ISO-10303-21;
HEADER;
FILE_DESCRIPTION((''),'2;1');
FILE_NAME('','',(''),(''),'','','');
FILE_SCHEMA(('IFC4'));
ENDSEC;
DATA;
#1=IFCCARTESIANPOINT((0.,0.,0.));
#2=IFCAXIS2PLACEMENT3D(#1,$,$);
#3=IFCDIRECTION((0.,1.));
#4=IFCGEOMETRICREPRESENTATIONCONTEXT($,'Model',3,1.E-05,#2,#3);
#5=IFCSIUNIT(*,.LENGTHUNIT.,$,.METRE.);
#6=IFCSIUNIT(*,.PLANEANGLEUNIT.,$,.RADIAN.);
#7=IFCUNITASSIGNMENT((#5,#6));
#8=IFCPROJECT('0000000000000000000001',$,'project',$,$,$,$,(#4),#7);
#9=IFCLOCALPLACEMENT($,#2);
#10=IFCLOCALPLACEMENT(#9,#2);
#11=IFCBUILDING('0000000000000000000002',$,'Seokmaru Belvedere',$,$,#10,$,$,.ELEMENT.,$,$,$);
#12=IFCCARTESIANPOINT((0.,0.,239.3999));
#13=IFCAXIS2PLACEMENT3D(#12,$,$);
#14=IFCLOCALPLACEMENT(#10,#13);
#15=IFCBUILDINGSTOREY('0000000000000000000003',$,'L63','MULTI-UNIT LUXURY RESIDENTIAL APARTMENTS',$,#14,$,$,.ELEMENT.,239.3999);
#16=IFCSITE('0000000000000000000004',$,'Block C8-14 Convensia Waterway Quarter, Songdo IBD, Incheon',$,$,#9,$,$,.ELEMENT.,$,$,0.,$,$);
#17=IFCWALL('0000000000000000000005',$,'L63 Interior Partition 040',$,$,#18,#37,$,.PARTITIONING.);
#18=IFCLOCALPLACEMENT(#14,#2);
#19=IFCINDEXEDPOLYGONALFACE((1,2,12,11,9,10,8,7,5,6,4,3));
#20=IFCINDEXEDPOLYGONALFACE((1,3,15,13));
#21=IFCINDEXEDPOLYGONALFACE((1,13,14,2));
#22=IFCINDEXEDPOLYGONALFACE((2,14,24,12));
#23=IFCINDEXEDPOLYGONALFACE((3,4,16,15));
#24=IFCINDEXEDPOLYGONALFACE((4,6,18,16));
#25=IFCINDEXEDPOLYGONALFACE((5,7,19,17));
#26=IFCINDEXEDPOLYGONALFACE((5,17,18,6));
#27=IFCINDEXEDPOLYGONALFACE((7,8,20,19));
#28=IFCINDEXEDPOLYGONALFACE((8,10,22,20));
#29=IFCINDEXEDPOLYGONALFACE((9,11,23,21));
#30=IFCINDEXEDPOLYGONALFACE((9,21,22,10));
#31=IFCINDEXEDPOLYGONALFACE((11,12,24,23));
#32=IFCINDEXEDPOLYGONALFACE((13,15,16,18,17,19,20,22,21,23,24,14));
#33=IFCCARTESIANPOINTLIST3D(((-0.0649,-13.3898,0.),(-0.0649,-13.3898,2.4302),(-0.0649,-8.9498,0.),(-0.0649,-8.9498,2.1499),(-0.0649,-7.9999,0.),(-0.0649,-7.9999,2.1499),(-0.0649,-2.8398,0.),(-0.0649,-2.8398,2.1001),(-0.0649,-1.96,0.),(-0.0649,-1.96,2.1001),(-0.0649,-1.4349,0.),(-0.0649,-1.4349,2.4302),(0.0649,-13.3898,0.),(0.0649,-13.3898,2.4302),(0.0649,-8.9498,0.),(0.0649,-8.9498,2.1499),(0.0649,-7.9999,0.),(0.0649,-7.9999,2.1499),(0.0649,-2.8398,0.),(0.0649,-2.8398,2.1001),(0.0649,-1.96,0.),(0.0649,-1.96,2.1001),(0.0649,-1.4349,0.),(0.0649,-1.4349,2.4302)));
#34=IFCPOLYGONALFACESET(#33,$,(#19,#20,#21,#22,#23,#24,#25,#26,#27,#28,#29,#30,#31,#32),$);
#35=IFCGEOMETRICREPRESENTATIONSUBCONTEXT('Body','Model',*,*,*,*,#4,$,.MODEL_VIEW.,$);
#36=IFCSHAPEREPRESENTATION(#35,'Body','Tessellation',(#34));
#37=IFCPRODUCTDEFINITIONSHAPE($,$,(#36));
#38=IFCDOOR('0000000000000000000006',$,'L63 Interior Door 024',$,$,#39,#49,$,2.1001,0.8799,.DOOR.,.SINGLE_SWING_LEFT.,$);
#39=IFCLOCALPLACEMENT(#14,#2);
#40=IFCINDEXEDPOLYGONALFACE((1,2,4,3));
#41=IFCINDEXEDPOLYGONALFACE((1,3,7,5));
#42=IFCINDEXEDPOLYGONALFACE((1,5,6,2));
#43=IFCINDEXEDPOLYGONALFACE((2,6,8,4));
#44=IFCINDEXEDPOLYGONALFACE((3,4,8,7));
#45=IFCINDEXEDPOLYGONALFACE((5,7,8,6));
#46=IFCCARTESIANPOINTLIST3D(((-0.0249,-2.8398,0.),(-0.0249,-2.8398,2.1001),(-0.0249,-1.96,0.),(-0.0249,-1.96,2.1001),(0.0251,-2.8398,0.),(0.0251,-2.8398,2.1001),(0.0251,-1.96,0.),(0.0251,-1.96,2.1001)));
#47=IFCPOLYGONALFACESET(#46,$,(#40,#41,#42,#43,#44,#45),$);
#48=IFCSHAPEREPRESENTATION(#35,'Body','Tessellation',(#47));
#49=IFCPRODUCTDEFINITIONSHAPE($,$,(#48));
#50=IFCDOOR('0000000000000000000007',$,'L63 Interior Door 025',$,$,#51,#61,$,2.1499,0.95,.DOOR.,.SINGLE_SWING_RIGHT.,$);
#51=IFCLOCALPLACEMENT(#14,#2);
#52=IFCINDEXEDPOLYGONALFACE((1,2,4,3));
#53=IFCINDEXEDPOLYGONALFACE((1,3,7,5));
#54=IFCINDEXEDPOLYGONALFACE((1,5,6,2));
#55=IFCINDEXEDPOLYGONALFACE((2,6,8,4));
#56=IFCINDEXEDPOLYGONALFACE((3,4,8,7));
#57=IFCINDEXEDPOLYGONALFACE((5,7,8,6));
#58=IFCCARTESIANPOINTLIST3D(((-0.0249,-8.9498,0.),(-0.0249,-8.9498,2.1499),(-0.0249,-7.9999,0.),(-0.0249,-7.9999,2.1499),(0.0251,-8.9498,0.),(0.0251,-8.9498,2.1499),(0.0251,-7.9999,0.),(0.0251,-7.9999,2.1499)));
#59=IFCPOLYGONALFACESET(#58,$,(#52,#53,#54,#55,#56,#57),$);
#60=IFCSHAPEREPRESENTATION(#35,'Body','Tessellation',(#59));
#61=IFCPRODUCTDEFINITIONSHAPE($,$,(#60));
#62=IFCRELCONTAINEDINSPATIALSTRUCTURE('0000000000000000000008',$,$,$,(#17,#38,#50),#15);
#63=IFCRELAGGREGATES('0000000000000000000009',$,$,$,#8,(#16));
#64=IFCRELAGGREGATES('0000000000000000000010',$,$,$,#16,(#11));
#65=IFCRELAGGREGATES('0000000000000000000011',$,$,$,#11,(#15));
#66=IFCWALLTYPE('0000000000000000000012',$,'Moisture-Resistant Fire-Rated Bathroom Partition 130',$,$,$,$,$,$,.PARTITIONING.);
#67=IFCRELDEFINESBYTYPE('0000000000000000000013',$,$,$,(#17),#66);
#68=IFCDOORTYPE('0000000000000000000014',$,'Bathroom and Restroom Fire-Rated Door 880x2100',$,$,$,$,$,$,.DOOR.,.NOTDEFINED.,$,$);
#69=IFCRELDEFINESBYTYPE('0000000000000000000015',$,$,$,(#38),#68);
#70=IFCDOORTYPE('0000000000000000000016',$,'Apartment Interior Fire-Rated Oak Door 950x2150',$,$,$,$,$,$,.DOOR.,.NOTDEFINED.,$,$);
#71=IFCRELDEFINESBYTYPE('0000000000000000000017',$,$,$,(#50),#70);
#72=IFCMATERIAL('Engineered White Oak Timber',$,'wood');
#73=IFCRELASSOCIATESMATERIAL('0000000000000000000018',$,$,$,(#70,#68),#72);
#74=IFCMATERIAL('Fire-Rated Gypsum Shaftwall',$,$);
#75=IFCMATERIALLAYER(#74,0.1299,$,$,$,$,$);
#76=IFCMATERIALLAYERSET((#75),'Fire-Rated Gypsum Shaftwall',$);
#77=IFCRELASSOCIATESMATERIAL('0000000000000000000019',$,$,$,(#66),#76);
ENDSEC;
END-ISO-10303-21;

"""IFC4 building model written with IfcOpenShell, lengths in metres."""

from ifc_helpers import new_model, si_unit, direction, frame, frame_2d, origin, place, context, subcontext, project, spatial, rectangle, extrude, source, transform, mapped, material, layer, layer_set, type_object, type_shapes, element, fill, save


model = new_model("IFC4")

# Units and contexts
model_context = context("Model", 3, precision=1e-05, world=origin(), true_north=direction((0.0, 1.0)))
body_context = subcontext(model_context, "Body", "Model", "MODEL_VIEW")
ifc_project = project(units=[si_unit("LENGTHUNIT", "METRE"), si_unit("PLANEANGLEUNIT", "RADIAN")], contexts=[model_context])

# Site, building, storey
site_placement = place(None, origin())
site = spatial("IfcSite", under=ifc_project, at=site_placement, Name="Block C8-14 Convensia Waterway Quarter, Songdo IBD, Incheon", CompositionType="ELEMENT", RefElevation=0.0)
building_placement = place(site_placement, origin())
building = spatial("IfcBuilding", under=site, at=building_placement, Name="Seokmaru Belvedere", CompositionType="ELEMENT")
storey_placement = place(building_placement, frame((0.0, 0.0, 239.3999)))
storey = spatial("IfcBuildingStorey", under=building, at=storey_placement, Name="L63", Description="MULTI-UNIT LUXURY RESIDENTIAL APARTMENTS", CompositionType="ELEMENT", Elevation=239.3999)

# Shared definitions
ifc_material_1 = material(Name="Fire-Rated Gypsum Shaftwall")
ifc_material_2 = material(Name="Engineered White Oak Timber", Category="wood")
door_type_1 = type_object("IfcDoorType", Name="Apartment Interior Fire-Rated Oak Door 950x2150", OperationType="NOTDEFINED", PredefinedType="DOOR", material=ifc_material_2)
shared_shape_1 = source(origin(), body_context, "Body", "SweptSolid", [
    extrude(rectangle(XDim=0.95, YDim=2.1499, at=frame_2d((0.4751, 1.075))), frame((0.0, 0.0249, 0.0), z_axis=(0.0, -1.0, 0.0), x_axis=(1.0, 0.0, 0.0)), (0.0, 0.0, 1.0), 0.05),
])
type_shapes(door_type_1, [shared_shape_1])

# Wall, openings, doors
ifc_layer_1 = layer(ifc_material_1, 0.1299)
ifc_layer_set_1 = layer_set([ifc_layer_1], Name="Fire-Rated Gypsum Shaftwall")
wall_type_1 = type_object("IfcWallType", Name="Moisture-Resistant Fire-Rated Bathroom Partition 130", PredefinedType="PARTITIONING", material=ifc_layer_set_1)
wall_1_placement = place(storey_placement, frame((0.0, -13.3899, 0.0), z_axis=(0.0, 0.0, 1.0), x_axis=(0.0, 1.0, 0.0)))
wall_1 = element("IfcWall", 1, at=wall_1_placement, inside=storey, type_object=wall_type_1, Name="L63 Interior Partition 040", PredefinedType="PARTITIONING", context=body_context, shape_type="SweptSolid", body=[
    extrude(rectangle(XDim=11.9548, YDim=0.1299, at=frame_2d((5.9775, 0.0))), origin(), (0.0, 0.0, 1.0), 2.4302),
])
opening_1_placement = place(wall_1_placement, frame((10.55, 0.0, 0.0)))
opening_1 = element("IfcOpeningElement", 2, at=opening_1_placement, cuts=wall_1, PredefinedType="OPENING", context=body_context, shape_type="SweptSolid", body=[
    extrude(rectangle(XDim=0.8799, YDim=2.1001, at=frame_2d((0.4399, 1.05))), frame((0.0, 0.075, 0.0), z_axis=(0.0, -1.0, 0.0), x_axis=(1.0, 0.0, 0.0)), (0.0, 0.0, 1.0), 0.1499),
])
opening_2_placement = place(wall_1_placement, frame((4.4399, 0.0, 0.0)))
opening_2 = element("IfcOpeningElement", 3, at=opening_2_placement, cuts=wall_1, PredefinedType="OPENING", context=body_context, shape_type="SweptSolid", body=[
    extrude(rectangle(XDim=0.95, YDim=2.1499, at=frame_2d((0.4751, 1.075))), frame((0.0, 0.075, 0.0), z_axis=(0.0, -1.0, 0.0), x_axis=(1.0, 0.0, 0.0)), (0.0, 0.0, 1.0), 0.1499),
])
door_type_2 = type_object("IfcDoorType", Name="Bathroom and Restroom Fire-Rated Door 880x2100", OperationType="NOTDEFINED", PredefinedType="DOOR", material=ifc_material_2)
shared_shape_2 = source(origin(), body_context, "Body", "SweptSolid", [
    extrude(rectangle(XDim=0.8799, YDim=2.1001, at=frame_2d((0.4399, 1.05))), frame((0.0, 0.0249, 0.0), z_axis=(0.0, -1.0, 0.0), x_axis=(1.0, 0.0, 0.0)), (0.0, 0.0, 1.0), 0.05),
])
type_shapes(door_type_2, [shared_shape_2])
door_1_placement = place(opening_1_placement, origin())
door_1 = element("IfcDoor", 4, at=door_1_placement, inside=storey, type_object=door_type_2, Name="L63 Interior Door 024", OperationType="SINGLE_SWING_LEFT", OverallHeight=2.1001, OverallWidth=0.8799, PredefinedType="DOOR", context=body_context, shape_type="MappedRepresentation", body=[
    mapped(shared_shape_2, transform((0.0, 0.0, 0.0), scale=1.0)),
])
fill(opening_1, door_1)
door_2_placement = place(opening_2_placement, origin())
door_2 = element("IfcDoor", 5, at=door_2_placement, inside=storey, type_object=door_type_1, Name="L63 Interior Door 025", OperationType="SINGLE_SWING_RIGHT", OverallHeight=2.1499, OverallWidth=0.95, PredefinedType="DOOR", context=body_context, shape_type="MappedRepresentation", body=[
    mapped(shared_shape_1, transform((0.0, 0.0, 0.0), scale=1.0)),
])
fill(opening_2, door_2)

save(model, "model.ifc")
